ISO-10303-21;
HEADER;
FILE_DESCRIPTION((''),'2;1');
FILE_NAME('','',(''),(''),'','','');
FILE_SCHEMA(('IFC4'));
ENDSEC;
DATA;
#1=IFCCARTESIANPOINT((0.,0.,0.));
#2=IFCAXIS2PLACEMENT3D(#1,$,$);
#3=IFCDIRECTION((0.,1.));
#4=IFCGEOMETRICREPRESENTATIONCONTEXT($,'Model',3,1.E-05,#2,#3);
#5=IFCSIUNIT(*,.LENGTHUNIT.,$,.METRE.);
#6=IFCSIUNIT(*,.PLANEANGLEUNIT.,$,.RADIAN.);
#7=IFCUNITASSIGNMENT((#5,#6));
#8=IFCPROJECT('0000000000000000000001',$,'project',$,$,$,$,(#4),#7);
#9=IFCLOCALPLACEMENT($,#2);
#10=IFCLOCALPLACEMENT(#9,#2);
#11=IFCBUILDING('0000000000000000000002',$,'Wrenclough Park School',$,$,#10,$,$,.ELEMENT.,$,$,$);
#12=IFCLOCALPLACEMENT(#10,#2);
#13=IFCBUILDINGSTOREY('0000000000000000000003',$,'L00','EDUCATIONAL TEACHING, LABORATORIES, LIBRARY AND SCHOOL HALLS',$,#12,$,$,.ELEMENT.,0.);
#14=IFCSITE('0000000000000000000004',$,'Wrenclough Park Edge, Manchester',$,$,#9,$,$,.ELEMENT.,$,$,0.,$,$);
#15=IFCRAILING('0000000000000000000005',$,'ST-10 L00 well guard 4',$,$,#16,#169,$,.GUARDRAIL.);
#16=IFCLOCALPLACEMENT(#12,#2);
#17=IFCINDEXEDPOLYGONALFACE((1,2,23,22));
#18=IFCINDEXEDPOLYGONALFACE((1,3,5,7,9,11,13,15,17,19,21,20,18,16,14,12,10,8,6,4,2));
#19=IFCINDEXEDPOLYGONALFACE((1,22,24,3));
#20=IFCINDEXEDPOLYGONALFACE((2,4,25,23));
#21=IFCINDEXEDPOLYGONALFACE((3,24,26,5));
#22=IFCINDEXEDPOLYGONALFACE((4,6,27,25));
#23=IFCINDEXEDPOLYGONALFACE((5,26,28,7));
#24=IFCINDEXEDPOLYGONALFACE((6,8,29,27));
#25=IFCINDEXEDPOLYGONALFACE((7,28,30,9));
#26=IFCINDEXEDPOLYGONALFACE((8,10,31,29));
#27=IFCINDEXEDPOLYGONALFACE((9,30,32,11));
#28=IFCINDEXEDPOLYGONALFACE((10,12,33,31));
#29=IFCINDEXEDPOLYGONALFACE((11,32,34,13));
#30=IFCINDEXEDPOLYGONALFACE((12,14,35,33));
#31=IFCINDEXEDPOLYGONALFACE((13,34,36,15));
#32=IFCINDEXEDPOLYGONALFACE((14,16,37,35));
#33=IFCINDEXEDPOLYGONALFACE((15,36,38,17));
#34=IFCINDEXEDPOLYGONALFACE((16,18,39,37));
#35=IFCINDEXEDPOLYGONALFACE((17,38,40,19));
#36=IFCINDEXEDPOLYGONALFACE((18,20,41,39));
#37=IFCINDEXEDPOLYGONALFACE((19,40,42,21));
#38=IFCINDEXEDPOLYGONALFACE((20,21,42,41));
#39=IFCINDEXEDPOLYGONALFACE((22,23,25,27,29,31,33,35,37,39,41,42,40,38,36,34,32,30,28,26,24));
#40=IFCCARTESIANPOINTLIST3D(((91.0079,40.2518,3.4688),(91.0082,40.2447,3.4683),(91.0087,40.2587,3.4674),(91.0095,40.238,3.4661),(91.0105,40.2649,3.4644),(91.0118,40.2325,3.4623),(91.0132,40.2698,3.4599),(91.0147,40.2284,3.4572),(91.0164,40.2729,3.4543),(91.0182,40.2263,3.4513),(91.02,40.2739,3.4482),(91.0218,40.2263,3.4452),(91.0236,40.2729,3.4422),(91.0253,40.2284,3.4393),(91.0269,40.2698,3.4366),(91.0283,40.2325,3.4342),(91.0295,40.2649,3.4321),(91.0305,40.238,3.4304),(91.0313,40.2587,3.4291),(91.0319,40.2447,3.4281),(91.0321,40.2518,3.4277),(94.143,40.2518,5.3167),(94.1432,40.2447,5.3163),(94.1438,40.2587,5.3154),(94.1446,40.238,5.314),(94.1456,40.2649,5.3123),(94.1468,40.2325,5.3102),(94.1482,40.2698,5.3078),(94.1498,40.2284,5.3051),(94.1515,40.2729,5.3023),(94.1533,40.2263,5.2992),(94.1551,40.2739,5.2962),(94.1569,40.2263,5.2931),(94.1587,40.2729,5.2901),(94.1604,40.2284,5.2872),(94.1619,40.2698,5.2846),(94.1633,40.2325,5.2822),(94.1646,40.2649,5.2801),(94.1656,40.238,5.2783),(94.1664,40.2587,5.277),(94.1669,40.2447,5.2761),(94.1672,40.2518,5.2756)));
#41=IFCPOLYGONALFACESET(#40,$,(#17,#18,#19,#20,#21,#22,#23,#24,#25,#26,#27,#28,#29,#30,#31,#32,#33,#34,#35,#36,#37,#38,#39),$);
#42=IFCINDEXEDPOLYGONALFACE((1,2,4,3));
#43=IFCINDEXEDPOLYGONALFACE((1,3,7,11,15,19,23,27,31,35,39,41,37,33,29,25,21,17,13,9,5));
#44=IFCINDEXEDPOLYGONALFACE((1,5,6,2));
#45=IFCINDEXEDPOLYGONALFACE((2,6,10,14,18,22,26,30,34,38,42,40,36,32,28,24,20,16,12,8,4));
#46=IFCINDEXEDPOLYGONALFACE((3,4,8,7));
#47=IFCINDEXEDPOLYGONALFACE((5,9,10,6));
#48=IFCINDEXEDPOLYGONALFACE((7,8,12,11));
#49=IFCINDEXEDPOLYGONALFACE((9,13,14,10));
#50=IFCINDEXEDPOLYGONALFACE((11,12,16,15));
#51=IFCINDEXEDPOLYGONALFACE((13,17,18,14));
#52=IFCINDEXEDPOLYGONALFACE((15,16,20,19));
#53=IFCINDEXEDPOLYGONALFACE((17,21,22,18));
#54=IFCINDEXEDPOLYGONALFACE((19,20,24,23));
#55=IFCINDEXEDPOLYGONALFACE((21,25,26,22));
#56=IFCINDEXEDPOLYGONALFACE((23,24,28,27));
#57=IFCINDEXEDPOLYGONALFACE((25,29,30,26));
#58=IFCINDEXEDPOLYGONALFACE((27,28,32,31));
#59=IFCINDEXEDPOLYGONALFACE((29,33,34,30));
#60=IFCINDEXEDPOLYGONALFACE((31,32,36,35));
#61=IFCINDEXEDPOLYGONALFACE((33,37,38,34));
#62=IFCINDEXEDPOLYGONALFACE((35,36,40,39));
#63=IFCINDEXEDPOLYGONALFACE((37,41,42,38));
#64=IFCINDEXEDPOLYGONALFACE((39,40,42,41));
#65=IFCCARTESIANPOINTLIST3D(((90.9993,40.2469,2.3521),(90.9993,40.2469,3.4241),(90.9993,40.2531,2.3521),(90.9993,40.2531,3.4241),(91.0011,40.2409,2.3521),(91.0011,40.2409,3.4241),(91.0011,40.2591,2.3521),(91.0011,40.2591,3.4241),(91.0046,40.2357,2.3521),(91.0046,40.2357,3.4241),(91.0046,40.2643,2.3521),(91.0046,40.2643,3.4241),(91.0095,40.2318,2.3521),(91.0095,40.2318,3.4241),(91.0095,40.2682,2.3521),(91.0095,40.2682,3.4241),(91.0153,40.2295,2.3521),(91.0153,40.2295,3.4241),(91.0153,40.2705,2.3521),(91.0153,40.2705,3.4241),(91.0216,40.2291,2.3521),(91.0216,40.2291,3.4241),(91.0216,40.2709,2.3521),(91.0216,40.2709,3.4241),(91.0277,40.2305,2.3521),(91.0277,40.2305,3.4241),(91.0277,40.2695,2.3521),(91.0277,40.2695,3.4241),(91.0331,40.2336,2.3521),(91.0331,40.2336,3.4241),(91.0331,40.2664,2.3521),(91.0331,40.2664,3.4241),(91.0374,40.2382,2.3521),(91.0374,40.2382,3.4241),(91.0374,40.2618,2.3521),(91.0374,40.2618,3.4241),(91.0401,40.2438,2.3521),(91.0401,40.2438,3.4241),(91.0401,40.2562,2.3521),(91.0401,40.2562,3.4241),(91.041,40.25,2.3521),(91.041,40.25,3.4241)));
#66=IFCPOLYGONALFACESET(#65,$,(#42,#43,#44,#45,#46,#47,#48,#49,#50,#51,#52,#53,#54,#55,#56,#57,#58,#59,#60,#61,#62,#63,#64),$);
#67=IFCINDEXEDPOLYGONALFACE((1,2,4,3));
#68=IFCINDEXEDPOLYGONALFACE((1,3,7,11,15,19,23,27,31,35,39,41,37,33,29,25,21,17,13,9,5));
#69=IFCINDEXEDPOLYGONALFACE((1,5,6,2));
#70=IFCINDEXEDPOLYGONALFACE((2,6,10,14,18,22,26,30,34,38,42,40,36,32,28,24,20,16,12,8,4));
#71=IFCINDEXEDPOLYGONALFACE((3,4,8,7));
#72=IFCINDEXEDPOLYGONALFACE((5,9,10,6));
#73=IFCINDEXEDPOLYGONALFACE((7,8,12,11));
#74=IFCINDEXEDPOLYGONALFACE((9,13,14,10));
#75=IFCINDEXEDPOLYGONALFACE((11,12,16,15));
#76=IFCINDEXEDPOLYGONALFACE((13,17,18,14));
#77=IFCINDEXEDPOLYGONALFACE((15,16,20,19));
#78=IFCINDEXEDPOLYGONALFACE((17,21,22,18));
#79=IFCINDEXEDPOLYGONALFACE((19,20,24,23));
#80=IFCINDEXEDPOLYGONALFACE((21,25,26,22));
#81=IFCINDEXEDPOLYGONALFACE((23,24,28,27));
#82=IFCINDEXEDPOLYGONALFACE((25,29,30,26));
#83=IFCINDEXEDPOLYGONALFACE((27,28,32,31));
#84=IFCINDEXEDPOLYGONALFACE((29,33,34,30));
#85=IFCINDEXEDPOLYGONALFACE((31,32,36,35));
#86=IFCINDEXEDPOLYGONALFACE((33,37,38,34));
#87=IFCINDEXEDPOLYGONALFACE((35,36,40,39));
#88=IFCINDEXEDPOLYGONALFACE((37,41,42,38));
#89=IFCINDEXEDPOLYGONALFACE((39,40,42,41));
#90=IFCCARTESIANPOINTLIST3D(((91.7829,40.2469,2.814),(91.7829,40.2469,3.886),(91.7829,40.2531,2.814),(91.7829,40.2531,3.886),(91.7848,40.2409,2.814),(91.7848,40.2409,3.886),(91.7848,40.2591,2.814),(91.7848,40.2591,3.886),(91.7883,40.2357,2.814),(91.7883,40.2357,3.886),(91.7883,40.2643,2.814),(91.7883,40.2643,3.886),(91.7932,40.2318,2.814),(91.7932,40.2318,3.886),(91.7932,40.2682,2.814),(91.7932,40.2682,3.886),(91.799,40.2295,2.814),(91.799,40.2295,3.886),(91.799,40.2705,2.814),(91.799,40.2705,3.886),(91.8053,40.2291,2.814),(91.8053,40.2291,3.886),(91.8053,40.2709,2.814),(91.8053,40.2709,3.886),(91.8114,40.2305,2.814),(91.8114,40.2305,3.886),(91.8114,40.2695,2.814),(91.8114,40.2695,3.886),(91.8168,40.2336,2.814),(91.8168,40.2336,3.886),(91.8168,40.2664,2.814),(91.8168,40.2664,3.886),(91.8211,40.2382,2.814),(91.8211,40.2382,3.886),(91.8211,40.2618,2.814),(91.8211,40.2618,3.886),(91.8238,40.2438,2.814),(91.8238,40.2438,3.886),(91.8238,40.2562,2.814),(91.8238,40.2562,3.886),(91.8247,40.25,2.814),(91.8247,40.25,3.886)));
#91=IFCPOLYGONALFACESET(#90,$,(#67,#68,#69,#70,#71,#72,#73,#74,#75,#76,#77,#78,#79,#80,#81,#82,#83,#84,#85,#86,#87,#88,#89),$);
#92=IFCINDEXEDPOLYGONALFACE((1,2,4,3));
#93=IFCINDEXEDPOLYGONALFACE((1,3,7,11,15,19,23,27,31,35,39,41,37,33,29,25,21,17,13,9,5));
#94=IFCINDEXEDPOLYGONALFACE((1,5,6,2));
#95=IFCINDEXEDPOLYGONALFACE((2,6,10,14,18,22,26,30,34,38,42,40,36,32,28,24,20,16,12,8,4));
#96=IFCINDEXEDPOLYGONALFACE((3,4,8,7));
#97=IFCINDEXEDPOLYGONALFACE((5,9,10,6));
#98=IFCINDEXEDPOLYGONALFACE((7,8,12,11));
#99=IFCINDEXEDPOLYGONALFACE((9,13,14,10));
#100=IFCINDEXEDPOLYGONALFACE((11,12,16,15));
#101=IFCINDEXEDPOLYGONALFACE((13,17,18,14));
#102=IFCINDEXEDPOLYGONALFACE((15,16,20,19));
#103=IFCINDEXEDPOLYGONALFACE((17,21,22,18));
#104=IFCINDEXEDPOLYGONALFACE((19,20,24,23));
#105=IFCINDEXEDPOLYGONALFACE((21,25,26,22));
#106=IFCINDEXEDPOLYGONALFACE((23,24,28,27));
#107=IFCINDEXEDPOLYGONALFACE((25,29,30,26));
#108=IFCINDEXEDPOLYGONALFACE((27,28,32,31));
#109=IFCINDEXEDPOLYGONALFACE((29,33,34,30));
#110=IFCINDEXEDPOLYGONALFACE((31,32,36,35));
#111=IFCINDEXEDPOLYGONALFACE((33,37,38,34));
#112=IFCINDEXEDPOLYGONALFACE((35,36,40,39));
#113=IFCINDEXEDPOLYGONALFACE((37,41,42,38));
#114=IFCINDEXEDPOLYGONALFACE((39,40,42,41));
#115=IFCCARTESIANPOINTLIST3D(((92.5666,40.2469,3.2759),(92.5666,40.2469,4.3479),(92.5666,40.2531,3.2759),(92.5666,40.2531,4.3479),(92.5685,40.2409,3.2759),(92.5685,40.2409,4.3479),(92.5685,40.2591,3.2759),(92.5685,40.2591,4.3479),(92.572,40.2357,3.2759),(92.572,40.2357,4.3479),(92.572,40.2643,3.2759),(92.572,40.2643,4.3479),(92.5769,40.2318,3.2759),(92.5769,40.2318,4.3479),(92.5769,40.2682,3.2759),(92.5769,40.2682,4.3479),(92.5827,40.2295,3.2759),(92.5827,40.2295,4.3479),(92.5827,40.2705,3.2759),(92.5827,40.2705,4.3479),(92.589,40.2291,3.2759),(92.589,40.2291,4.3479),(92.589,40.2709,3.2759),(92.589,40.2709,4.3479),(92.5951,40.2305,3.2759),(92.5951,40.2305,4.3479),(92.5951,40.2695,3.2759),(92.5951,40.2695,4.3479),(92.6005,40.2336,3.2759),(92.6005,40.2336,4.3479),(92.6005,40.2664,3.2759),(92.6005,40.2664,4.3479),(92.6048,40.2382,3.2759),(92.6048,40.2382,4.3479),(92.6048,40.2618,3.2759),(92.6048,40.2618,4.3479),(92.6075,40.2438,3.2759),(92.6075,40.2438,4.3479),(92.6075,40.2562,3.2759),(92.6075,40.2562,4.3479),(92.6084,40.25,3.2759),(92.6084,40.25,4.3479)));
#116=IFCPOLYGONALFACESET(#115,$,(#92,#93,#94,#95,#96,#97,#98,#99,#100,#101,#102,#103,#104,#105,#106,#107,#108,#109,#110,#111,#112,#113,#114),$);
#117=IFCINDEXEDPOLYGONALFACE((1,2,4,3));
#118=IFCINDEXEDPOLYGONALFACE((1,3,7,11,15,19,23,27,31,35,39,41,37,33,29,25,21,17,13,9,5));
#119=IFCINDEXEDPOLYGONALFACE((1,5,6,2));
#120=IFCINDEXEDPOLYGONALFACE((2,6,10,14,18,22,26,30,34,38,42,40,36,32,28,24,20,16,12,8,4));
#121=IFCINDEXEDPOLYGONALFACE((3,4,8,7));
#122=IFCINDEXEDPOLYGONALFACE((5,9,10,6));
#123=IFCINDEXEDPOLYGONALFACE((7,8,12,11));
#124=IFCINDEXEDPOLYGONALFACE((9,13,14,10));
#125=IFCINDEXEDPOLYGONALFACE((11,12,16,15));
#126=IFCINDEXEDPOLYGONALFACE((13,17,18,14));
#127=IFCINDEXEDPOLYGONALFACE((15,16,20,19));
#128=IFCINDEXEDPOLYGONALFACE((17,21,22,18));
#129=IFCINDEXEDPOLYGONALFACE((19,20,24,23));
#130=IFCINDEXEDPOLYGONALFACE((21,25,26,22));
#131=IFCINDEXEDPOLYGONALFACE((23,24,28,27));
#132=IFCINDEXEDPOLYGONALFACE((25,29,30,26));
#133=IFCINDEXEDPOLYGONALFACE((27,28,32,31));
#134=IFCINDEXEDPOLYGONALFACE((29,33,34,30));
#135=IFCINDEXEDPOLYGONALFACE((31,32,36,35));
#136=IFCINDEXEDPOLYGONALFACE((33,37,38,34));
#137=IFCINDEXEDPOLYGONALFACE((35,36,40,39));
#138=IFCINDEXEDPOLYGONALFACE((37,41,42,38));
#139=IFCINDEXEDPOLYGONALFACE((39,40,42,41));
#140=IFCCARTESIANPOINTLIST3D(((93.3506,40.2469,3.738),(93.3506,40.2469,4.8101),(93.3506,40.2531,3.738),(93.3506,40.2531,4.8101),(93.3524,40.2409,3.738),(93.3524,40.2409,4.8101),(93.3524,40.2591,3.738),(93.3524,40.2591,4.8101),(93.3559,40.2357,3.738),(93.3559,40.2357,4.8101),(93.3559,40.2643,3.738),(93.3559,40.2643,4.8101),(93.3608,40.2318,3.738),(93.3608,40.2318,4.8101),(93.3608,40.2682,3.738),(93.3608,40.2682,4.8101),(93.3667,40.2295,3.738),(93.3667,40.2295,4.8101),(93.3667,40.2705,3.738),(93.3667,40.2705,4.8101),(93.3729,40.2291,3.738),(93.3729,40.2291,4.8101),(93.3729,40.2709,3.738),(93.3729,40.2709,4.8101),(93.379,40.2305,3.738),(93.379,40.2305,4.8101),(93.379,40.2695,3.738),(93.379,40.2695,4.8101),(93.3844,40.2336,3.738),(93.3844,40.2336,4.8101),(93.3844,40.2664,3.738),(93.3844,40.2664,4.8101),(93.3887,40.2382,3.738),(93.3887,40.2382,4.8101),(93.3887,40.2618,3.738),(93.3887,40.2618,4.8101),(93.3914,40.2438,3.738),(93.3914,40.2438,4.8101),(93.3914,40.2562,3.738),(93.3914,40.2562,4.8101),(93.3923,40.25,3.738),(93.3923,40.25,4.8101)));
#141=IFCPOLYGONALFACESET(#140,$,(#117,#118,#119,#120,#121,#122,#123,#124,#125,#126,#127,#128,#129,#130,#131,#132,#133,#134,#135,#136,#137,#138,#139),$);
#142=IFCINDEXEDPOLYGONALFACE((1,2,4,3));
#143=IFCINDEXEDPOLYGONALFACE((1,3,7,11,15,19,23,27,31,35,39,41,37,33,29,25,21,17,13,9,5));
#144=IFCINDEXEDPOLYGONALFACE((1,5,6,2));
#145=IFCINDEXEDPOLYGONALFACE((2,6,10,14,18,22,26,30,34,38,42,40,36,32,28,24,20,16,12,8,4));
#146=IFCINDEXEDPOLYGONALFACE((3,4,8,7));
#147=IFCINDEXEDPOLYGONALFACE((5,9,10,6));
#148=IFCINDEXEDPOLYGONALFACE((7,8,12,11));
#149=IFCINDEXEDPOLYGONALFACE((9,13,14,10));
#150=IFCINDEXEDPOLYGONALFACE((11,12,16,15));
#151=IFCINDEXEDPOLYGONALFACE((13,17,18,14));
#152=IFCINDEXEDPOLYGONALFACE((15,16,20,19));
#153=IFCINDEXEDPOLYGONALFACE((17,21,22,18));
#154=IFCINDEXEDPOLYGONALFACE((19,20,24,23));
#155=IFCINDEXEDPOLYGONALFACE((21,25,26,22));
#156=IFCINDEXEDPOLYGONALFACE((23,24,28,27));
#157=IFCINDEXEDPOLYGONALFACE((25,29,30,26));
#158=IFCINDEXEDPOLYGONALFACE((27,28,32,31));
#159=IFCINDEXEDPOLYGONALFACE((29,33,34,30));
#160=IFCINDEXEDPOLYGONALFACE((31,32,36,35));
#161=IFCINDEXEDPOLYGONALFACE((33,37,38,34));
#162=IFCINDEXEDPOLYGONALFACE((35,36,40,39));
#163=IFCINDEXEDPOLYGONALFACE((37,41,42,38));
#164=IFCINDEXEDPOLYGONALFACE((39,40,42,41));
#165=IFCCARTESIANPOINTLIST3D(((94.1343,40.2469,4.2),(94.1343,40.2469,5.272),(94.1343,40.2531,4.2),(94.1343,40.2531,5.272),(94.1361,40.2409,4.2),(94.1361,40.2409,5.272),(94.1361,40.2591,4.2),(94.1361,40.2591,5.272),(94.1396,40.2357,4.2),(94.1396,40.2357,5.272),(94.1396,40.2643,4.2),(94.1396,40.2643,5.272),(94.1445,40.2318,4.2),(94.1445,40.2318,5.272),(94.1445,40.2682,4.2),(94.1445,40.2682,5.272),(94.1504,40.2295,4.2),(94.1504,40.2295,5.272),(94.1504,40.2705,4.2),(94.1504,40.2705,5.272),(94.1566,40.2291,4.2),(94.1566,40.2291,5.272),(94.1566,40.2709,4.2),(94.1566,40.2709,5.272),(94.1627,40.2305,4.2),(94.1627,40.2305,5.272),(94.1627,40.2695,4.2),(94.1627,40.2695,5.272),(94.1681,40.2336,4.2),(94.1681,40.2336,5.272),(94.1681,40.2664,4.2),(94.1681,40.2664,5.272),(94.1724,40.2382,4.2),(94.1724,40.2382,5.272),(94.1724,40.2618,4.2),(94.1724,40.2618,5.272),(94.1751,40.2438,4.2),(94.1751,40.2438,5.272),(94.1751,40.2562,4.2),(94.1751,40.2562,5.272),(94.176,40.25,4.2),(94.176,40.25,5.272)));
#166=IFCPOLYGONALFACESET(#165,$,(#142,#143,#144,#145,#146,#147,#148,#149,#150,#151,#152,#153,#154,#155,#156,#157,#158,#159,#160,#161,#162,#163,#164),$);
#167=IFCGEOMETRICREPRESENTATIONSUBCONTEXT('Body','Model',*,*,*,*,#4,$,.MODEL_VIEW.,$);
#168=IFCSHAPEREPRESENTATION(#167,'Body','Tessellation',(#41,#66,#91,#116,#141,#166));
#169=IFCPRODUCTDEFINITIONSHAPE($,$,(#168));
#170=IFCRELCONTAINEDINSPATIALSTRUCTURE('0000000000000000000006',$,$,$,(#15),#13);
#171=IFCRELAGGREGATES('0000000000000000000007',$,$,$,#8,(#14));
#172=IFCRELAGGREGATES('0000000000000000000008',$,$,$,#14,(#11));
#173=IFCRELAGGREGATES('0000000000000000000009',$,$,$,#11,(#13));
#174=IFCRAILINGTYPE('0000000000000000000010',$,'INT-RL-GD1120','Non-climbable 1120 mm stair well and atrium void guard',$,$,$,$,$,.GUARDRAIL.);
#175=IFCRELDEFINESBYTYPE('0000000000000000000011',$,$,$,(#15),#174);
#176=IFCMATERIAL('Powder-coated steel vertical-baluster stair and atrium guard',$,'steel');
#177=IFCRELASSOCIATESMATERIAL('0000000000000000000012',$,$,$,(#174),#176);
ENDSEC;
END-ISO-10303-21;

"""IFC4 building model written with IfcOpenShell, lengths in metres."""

from ifc_helpers import new_model, si_unit, direction, frame, origin, origin_2d, place, context, subcontext, project, spatial, circle, extrude, material, type_object, element, save


model = new_model("IFC4")

# Units and contexts
model_context = context("Model", 3, precision=1e-05, world=origin(), true_north=direction((0.0, 1.0)))
body_context = subcontext(model_context, "Body", "Model", "MODEL_VIEW")
ifc_project = project(units=[si_unit("LENGTHUNIT", "METRE"), si_unit("PLANEANGLEUNIT", "RADIAN")], contexts=[model_context])

# Site, building, storey
site_placement = place(None, origin())
site = spatial("IfcSite", under=ifc_project, at=site_placement, Name="Wrenclough Park Edge, Manchester", CompositionType="ELEMENT", RefElevation=0.0)
building_placement = place(site_placement, origin())
building = spatial("IfcBuilding", under=site, at=building_placement, Name="Wrenclough Park School", CompositionType="ELEMENT")
storey_placement = place(building_placement, origin())
storey = spatial("IfcBuildingStorey", under=building, at=storey_placement, Name="L00", Description="EDUCATIONAL TEACHING, LABORATORIES, LIBRARY AND SCHOOL HALLS", CompositionType="ELEMENT", Elevation=0.0)

# Railing
ifc_material_1 = material(Name="Powder-coated steel vertical-baluster stair and atrium guard", Category="steel")
railing_type_1 = type_object("IfcRailingType", Name="INT-RL-GD1120", Description="Non-climbable 1120 mm stair well and atrium void guard", PredefinedType="GUARDRAIL", material=ifc_material_1)
railing_1_placement = place(storey_placement, frame((91.02, 40.25, 2.3521)))
element("IfcRailing", 1, at=railing_1_placement, inside=storey, type_object=railing_type_1, Name="ST-10 L00 well guard 4", PredefinedType="GUARDRAIL", context=body_context, shape_type="SweptSolid", body=[
    extrude(circle(Radius=0.0239, at=origin_2d()), frame((0.0, 0.0, 1.0962), z_axis=(0.86148, 0.0, 0.507791), x_axis=(0.0, 1.0, 0.0)), (0.0, 0.0, 1.0), 3.6392),
    extrude(circle(Radius=0.021, at=origin_2d()), origin(), (0.0, 0.0, 1.0), 1.072),
    extrude(circle(Radius=0.021, at=origin_2d()), frame((0.7837, 0.0, 0.4619)), (0.0, 0.0, 1.0), 1.072),
    extrude(circle(Radius=0.021, at=origin_2d()), frame((1.5674, 0.0, 0.9238)), (0.0, 0.0, 1.0), 1.072),
    extrude(circle(Radius=0.021, at=origin_2d()), frame((2.3513, 0.0, 1.386)), (0.0, 0.0, 1.0), 1.072),
    extrude(circle(Radius=0.021, at=origin_2d()), frame((3.135, 0.0, 1.8479)), (0.0, 0.0, 1.0), 1.072),
])

save(model, "model.ifc")
